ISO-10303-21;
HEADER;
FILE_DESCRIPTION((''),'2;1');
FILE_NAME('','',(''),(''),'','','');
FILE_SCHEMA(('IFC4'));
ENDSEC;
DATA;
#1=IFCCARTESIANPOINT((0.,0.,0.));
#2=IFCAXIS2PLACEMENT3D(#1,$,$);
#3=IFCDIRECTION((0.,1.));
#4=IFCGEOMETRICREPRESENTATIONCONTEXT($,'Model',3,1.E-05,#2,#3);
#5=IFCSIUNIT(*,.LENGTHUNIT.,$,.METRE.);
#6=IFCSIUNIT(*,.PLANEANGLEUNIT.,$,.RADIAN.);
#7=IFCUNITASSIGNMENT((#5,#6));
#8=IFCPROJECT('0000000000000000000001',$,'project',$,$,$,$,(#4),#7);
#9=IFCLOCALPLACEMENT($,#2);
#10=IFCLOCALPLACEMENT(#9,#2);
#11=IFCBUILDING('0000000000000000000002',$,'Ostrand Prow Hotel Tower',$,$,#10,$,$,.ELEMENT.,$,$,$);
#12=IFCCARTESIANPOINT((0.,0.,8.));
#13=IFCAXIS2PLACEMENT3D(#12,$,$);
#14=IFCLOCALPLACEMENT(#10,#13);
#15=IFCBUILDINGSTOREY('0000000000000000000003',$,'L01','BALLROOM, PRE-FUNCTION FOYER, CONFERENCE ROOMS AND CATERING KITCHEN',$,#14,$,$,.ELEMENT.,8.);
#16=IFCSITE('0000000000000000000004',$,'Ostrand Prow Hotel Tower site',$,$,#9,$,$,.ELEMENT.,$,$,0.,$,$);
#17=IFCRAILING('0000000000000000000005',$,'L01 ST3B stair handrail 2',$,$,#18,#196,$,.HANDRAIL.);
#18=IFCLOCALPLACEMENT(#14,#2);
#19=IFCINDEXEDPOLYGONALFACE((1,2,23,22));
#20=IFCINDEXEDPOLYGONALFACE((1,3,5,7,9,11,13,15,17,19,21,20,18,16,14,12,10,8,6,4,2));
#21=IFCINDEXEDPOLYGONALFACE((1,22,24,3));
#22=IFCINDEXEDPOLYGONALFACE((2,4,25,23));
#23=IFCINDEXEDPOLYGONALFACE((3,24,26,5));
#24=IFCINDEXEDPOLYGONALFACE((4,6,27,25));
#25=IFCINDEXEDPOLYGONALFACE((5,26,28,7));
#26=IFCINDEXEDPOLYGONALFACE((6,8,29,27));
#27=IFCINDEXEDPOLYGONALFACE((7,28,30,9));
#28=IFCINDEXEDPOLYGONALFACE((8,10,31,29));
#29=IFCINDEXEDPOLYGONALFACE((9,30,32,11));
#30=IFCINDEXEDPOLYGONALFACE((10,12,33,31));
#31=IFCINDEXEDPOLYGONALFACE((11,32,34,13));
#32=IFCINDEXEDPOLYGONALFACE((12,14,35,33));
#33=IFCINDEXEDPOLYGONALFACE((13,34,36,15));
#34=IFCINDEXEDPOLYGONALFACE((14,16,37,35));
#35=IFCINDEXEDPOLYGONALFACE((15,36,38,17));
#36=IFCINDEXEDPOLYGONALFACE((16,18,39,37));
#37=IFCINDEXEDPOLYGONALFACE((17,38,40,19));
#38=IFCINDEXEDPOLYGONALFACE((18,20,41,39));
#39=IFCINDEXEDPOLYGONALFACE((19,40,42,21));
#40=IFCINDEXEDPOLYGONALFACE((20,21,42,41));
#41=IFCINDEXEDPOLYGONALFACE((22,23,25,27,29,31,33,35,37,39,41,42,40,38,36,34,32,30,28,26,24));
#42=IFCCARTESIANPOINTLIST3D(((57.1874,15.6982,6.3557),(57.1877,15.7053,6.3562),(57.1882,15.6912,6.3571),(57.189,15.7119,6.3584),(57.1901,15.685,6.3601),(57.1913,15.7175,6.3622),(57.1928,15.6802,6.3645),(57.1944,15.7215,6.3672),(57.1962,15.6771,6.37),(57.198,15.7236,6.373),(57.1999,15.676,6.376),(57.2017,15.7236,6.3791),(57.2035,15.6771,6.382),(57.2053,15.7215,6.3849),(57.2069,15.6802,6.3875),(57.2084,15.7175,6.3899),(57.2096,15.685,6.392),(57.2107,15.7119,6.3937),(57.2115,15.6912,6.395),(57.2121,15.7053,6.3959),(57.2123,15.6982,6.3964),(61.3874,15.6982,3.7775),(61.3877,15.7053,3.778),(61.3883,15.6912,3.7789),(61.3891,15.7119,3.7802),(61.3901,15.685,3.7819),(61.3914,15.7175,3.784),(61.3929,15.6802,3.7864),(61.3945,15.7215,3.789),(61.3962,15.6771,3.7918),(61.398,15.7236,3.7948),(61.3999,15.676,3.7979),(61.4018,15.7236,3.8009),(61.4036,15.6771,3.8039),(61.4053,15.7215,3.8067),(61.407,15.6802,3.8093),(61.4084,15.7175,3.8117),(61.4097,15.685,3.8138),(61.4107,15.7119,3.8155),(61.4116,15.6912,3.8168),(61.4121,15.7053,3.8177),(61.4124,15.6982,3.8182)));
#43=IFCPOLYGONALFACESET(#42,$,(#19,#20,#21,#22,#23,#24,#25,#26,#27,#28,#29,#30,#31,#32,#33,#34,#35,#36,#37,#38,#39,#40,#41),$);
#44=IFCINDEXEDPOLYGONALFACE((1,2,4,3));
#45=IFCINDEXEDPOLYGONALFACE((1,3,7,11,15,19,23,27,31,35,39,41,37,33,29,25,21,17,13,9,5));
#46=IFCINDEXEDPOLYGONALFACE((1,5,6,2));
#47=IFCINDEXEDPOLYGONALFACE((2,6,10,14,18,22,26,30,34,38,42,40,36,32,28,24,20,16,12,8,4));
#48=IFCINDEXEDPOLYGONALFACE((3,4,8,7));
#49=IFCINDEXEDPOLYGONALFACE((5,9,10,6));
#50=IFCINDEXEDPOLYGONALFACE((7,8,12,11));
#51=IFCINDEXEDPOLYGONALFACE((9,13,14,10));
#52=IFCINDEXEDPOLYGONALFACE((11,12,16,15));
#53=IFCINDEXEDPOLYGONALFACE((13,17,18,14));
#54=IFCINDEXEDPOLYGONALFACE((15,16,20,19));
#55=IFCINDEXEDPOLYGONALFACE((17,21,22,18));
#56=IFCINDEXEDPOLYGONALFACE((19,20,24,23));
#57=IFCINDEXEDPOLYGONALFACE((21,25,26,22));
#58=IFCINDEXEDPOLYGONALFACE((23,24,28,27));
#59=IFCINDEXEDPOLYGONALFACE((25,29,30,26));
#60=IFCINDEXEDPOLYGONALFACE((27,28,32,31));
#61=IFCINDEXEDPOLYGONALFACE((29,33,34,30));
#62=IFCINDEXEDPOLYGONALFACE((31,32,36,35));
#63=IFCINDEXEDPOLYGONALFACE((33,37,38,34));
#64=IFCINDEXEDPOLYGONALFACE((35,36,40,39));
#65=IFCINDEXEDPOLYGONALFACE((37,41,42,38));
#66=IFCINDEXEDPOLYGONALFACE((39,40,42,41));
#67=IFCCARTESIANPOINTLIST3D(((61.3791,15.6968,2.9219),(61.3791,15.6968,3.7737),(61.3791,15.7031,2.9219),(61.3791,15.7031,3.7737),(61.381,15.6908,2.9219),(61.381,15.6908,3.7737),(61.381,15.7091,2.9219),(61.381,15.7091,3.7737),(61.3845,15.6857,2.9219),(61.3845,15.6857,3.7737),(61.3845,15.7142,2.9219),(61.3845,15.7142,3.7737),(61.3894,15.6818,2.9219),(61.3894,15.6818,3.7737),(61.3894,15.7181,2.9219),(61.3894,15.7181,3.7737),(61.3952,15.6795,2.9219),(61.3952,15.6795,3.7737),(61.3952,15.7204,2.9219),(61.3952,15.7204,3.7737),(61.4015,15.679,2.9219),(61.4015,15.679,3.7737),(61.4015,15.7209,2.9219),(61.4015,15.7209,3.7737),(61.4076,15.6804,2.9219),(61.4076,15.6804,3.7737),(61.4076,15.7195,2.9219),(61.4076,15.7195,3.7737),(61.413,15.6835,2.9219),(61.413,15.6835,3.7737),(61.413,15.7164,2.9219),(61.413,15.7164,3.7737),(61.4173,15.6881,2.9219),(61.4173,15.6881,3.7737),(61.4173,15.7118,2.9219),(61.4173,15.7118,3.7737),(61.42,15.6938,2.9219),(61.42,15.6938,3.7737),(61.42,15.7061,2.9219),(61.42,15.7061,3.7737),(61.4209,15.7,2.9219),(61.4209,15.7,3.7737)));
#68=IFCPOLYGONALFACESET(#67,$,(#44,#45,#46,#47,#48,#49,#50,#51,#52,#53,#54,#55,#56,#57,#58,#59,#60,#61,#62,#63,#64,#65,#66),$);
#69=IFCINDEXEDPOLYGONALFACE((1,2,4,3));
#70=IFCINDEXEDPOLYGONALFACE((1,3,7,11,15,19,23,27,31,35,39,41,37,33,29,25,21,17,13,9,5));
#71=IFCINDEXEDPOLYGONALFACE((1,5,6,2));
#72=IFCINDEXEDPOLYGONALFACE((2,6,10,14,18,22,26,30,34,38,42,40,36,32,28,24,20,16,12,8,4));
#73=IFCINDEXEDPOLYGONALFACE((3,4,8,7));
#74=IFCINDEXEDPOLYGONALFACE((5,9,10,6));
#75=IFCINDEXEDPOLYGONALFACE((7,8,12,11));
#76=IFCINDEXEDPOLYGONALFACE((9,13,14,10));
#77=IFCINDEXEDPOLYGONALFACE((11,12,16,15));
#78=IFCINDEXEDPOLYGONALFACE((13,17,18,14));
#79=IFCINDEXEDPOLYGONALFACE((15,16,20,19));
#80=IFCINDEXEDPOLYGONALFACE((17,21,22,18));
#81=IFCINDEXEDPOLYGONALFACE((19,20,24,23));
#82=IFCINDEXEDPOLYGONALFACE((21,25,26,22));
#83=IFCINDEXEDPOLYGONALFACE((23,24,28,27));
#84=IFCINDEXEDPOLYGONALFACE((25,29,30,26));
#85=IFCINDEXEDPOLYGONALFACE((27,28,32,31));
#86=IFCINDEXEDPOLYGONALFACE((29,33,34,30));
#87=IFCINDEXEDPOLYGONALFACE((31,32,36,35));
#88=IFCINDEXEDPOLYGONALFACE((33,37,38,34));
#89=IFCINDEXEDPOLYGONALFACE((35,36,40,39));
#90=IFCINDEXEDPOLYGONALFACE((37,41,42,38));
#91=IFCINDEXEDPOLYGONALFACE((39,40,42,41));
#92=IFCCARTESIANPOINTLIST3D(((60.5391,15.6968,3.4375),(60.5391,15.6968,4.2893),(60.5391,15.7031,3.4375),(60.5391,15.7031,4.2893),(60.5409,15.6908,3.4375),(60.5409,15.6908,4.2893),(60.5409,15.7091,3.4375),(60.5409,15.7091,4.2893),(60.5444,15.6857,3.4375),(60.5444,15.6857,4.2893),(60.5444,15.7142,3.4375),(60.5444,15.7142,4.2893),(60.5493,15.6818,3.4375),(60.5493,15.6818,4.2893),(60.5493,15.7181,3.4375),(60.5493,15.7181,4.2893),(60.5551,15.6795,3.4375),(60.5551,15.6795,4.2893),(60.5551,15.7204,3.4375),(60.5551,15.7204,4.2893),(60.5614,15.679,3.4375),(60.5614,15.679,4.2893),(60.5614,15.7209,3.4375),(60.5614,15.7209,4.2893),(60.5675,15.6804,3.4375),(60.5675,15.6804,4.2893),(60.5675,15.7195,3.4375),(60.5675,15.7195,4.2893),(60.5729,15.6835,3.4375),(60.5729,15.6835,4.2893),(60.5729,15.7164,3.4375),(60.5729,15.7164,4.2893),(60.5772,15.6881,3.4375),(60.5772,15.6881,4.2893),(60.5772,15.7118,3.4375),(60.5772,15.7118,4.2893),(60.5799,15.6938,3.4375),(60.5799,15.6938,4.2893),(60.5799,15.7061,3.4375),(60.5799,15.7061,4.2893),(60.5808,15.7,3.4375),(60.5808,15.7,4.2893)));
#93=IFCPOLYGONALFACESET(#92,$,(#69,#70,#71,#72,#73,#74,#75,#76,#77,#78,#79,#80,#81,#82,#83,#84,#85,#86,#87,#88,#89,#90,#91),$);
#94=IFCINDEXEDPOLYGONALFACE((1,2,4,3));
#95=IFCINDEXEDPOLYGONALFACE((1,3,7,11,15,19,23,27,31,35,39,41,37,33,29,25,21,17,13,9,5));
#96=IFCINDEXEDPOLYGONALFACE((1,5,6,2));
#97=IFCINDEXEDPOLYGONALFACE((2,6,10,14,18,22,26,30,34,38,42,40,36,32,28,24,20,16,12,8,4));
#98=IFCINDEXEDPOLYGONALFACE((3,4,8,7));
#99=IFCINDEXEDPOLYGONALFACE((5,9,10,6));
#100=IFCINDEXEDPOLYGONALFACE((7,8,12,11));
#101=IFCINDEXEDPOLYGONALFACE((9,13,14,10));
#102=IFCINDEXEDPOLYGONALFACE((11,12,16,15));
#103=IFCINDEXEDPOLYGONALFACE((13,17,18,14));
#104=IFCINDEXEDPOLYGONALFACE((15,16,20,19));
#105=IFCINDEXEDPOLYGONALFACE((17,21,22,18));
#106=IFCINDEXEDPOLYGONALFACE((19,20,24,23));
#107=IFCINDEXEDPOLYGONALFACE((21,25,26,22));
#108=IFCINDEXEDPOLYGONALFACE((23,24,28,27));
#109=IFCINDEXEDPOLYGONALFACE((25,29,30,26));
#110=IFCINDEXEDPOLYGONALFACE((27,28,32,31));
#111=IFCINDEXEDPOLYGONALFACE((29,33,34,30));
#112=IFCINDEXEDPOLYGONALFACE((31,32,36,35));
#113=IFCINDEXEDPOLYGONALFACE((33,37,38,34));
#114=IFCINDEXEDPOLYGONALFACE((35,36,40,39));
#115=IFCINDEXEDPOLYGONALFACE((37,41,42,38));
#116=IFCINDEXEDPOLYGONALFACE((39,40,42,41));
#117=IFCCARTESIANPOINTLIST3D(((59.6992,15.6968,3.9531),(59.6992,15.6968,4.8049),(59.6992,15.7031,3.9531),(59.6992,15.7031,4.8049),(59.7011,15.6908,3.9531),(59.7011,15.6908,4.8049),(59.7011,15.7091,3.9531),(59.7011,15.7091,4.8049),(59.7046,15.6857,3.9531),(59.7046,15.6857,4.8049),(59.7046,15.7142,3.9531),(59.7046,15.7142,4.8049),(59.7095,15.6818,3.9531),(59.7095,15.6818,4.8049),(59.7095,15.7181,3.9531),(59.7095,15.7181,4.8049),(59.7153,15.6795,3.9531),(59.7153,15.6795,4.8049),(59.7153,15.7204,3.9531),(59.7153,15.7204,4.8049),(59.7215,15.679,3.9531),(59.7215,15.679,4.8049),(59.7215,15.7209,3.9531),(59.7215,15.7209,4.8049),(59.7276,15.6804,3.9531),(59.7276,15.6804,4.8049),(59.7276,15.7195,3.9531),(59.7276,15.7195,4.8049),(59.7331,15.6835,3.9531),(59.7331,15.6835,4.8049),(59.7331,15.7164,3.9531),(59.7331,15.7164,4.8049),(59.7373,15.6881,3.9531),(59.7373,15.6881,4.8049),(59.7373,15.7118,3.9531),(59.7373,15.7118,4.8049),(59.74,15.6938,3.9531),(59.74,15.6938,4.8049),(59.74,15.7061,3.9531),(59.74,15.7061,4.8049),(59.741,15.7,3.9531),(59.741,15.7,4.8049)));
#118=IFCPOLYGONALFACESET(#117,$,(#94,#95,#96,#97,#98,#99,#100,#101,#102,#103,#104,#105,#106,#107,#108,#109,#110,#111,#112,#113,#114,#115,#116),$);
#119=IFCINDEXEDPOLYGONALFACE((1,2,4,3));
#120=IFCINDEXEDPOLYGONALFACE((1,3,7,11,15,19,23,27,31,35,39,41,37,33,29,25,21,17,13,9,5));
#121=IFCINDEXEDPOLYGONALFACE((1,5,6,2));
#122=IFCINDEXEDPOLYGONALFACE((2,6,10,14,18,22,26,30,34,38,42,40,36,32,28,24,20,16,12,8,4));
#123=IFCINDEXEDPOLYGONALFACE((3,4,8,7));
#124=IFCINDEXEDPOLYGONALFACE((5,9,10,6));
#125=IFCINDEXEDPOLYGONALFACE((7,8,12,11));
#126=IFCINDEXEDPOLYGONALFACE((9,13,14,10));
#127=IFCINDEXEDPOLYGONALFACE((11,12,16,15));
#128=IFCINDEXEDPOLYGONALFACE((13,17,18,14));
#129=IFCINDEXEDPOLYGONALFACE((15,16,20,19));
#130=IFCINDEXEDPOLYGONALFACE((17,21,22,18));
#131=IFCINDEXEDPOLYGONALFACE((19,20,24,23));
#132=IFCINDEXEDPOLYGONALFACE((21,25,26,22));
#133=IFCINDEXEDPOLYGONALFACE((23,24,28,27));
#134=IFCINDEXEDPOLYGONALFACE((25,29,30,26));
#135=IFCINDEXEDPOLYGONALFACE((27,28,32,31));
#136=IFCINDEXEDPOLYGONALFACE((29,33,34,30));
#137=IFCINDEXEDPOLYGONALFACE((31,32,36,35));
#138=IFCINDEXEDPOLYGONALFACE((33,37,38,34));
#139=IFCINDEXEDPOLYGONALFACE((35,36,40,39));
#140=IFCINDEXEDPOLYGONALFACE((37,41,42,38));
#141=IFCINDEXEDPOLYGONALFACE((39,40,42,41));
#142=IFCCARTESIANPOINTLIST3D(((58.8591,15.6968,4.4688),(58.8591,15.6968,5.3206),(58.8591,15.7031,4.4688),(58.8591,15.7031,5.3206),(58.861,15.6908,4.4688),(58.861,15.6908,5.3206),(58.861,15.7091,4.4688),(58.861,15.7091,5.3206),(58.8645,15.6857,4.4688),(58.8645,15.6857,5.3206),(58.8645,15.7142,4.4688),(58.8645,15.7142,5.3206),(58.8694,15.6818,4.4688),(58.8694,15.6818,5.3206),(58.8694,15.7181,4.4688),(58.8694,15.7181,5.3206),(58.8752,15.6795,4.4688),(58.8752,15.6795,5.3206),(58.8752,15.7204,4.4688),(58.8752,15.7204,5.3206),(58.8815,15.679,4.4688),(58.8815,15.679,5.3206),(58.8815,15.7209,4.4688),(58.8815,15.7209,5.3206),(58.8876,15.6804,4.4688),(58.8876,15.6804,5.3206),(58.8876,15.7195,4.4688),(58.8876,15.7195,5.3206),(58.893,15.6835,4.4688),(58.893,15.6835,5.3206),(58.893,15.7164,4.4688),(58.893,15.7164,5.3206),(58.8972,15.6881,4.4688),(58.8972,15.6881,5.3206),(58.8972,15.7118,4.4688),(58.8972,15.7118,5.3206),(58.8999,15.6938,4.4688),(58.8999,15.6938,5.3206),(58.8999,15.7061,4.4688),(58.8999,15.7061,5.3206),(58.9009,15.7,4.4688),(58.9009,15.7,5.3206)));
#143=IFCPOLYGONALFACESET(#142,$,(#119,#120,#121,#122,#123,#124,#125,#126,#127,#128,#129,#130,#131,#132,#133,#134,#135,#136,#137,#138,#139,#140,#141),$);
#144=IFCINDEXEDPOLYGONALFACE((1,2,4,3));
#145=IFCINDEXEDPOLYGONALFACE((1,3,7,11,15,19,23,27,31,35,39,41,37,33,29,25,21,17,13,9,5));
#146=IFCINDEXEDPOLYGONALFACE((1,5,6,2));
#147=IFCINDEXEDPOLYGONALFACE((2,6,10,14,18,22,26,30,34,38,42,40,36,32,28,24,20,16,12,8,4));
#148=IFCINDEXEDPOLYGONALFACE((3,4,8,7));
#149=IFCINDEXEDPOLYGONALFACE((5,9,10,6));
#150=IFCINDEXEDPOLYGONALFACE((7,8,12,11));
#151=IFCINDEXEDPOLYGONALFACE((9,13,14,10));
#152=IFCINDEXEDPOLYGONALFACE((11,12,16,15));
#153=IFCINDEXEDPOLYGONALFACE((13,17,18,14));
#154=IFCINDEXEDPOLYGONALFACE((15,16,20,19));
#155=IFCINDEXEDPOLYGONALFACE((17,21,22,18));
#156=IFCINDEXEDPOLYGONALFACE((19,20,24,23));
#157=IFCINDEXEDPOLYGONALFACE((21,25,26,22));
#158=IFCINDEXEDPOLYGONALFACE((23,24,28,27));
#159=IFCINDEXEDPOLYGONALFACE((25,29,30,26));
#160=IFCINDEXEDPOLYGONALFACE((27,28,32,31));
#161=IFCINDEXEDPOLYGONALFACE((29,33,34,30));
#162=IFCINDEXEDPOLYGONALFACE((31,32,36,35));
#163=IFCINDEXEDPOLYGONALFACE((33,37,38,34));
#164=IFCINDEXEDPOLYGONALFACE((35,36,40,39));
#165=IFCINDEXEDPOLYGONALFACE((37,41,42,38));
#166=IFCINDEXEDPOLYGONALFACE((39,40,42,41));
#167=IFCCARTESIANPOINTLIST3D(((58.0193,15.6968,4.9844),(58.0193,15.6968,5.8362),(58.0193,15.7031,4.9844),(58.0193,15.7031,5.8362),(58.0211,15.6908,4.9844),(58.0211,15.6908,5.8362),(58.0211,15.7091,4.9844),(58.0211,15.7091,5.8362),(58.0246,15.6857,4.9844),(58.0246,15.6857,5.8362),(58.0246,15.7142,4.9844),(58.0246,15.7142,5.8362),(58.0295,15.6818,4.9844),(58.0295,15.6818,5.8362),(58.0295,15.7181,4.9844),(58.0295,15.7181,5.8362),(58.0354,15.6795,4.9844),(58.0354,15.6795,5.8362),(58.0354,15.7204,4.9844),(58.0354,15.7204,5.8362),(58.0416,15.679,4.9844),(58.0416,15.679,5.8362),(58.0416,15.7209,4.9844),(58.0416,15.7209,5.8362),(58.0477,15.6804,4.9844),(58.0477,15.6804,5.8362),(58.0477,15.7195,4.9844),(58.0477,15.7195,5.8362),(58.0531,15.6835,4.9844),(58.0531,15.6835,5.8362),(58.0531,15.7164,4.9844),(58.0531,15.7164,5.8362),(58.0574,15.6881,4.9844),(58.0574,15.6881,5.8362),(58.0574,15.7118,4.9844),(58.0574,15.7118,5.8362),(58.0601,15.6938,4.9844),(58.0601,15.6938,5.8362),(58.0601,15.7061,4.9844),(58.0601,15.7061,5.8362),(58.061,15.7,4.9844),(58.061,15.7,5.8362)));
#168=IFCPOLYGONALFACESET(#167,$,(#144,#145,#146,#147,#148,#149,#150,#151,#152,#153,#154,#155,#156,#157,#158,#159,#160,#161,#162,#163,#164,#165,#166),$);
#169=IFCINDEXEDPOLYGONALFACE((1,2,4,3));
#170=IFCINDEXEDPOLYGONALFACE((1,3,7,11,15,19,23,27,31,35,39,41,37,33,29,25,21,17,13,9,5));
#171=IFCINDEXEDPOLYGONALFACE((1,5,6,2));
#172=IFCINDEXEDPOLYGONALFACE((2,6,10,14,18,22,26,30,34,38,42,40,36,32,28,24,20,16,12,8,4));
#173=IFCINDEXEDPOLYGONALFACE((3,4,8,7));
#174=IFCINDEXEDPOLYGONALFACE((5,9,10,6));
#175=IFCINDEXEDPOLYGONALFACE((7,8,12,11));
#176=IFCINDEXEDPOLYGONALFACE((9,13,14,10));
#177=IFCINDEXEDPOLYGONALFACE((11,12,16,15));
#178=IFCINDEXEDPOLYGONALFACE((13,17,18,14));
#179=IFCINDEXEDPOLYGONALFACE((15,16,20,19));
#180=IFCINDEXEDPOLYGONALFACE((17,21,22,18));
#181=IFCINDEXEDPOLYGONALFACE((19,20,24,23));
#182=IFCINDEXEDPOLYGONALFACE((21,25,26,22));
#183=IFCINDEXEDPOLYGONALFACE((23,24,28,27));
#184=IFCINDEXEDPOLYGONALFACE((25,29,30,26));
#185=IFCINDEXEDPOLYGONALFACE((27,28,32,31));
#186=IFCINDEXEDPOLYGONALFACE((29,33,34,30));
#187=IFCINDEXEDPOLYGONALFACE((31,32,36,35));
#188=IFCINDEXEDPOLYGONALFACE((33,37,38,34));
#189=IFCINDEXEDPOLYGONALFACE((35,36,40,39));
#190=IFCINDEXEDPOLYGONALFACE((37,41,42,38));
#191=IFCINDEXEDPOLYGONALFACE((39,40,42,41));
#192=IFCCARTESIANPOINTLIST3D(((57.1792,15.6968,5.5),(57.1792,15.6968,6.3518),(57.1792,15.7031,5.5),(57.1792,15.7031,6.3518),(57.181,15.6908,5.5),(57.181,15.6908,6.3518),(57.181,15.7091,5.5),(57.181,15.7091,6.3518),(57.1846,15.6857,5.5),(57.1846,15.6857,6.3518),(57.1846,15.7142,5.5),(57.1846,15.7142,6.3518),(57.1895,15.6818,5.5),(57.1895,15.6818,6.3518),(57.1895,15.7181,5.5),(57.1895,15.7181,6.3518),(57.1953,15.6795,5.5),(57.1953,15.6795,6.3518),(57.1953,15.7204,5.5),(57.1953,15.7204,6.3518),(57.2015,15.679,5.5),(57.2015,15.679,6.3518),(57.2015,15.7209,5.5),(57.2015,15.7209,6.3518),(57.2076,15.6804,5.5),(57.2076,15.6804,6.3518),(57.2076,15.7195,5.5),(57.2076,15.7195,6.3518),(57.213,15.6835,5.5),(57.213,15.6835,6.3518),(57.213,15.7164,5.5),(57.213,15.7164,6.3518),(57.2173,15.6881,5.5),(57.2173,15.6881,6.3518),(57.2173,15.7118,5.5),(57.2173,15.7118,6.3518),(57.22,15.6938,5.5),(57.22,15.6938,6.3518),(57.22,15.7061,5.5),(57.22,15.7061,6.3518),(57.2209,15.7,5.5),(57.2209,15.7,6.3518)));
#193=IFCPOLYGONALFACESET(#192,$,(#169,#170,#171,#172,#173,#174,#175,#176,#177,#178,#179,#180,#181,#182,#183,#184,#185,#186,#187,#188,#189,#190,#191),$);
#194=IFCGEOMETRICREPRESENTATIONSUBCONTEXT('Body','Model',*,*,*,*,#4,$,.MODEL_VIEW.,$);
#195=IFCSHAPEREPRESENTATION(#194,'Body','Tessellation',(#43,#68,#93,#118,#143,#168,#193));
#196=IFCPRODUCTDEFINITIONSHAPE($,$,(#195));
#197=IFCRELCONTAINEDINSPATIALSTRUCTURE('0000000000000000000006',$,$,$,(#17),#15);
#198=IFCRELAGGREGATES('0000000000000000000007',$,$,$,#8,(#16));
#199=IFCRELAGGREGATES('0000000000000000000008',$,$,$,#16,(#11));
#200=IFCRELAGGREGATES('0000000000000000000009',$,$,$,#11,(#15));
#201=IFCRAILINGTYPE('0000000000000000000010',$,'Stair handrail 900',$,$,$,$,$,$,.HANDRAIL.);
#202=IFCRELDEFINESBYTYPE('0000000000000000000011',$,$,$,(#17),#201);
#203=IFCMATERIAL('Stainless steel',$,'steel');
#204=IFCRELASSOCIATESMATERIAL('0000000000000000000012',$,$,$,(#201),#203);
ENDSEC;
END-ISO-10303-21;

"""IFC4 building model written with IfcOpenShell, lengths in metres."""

from ifc_helpers import new_model, si_unit, direction, frame, origin, origin_2d, place, context, subcontext, project, spatial, circle, extrude, material, type_object, element, save


model = new_model("IFC4")

# Units and contexts
model_context = context("Model", 3, precision=1e-05, world=origin(), true_north=direction((0.0, 1.0)))
body_context = subcontext(model_context, "Body", "Model", "MODEL_VIEW")
ifc_project = project(units=[si_unit("LENGTHUNIT", "METRE"), si_unit("PLANEANGLEUNIT", "RADIAN")], contexts=[model_context])

# Site, building, storey
site_placement = place(None, origin())
site = spatial("IfcSite", under=ifc_project, at=site_placement, Name="Ostrand Prow Hotel Tower site", CompositionType="ELEMENT", RefElevation=0.0)
building_placement = place(site_placement, origin())
building = spatial("IfcBuilding", under=site, at=building_placement, Name="Ostrand Prow Hotel Tower", CompositionType="ELEMENT")
storey_placement = place(building_placement, frame((0.0, 0.0, 8.0)))
storey = spatial("IfcBuildingStorey", under=building, at=storey_placement, Name="L01", Description="BALLROOM, PRE-FUNCTION FOYER, CONFERENCE ROOMS AND CATERING KITCHEN", CompositionType="ELEMENT", Elevation=8.0)

# Railing
ifc_material_1 = material(Name="Stainless steel", Category="steel")
railing_type_1 = type_object("IfcRailingType", Name="Stair handrail 900", PredefinedType="HANDRAIL", material=ifc_material_1)
railing_1_placement = place(storey_placement, frame((61.3999, 15.7, 2.9219)))
element("IfcRailing", 1, at=railing_1_placement, inside=storey, type_object=railing_type_1, Name="L01 ST3B stair handrail 2", PredefinedType="HANDRAIL", context=body_context, shape_type="SweptSolid", body=[
    extrude(circle(Radius=0.0239, at=origin_2d()), frame((0.0, 0.0, 0.876), z_axis=(-0.852243, 0.0, 0.523146), x_axis=(0.0, -1.0, 0.0)), (0.0, 0.0, 1.0), 4.9282),
    extrude(circle(Radius=0.021, at=origin_2d()), origin(), (0.0, 0.0, 1.0), 0.8518),
    extrude(circle(Radius=0.021, at=origin_2d()), frame((-0.8401, 0.0, 0.5156)), (0.0, 0.0, 1.0), 0.8518),
    extrude(circle(Radius=0.021, at=origin_2d()), frame((-1.6799, 0.0, 1.0312)), (0.0, 0.0, 1.0), 0.8518),
    extrude(circle(Radius=0.021, at=origin_2d()), frame((-2.52, 0.0, 1.5469)), (0.0, 0.0, 1.0), 0.8518),
    extrude(circle(Radius=0.021, at=origin_2d()), frame((-3.3599, 0.0, 2.0625)), (0.0, 0.0, 1.0), 0.8518),
    extrude(circle(Radius=0.021, at=origin_2d()), frame((-4.2, 0.0, 2.5781)), (0.0, 0.0, 1.0), 0.8518),
])

save(model, "model.ifc")
